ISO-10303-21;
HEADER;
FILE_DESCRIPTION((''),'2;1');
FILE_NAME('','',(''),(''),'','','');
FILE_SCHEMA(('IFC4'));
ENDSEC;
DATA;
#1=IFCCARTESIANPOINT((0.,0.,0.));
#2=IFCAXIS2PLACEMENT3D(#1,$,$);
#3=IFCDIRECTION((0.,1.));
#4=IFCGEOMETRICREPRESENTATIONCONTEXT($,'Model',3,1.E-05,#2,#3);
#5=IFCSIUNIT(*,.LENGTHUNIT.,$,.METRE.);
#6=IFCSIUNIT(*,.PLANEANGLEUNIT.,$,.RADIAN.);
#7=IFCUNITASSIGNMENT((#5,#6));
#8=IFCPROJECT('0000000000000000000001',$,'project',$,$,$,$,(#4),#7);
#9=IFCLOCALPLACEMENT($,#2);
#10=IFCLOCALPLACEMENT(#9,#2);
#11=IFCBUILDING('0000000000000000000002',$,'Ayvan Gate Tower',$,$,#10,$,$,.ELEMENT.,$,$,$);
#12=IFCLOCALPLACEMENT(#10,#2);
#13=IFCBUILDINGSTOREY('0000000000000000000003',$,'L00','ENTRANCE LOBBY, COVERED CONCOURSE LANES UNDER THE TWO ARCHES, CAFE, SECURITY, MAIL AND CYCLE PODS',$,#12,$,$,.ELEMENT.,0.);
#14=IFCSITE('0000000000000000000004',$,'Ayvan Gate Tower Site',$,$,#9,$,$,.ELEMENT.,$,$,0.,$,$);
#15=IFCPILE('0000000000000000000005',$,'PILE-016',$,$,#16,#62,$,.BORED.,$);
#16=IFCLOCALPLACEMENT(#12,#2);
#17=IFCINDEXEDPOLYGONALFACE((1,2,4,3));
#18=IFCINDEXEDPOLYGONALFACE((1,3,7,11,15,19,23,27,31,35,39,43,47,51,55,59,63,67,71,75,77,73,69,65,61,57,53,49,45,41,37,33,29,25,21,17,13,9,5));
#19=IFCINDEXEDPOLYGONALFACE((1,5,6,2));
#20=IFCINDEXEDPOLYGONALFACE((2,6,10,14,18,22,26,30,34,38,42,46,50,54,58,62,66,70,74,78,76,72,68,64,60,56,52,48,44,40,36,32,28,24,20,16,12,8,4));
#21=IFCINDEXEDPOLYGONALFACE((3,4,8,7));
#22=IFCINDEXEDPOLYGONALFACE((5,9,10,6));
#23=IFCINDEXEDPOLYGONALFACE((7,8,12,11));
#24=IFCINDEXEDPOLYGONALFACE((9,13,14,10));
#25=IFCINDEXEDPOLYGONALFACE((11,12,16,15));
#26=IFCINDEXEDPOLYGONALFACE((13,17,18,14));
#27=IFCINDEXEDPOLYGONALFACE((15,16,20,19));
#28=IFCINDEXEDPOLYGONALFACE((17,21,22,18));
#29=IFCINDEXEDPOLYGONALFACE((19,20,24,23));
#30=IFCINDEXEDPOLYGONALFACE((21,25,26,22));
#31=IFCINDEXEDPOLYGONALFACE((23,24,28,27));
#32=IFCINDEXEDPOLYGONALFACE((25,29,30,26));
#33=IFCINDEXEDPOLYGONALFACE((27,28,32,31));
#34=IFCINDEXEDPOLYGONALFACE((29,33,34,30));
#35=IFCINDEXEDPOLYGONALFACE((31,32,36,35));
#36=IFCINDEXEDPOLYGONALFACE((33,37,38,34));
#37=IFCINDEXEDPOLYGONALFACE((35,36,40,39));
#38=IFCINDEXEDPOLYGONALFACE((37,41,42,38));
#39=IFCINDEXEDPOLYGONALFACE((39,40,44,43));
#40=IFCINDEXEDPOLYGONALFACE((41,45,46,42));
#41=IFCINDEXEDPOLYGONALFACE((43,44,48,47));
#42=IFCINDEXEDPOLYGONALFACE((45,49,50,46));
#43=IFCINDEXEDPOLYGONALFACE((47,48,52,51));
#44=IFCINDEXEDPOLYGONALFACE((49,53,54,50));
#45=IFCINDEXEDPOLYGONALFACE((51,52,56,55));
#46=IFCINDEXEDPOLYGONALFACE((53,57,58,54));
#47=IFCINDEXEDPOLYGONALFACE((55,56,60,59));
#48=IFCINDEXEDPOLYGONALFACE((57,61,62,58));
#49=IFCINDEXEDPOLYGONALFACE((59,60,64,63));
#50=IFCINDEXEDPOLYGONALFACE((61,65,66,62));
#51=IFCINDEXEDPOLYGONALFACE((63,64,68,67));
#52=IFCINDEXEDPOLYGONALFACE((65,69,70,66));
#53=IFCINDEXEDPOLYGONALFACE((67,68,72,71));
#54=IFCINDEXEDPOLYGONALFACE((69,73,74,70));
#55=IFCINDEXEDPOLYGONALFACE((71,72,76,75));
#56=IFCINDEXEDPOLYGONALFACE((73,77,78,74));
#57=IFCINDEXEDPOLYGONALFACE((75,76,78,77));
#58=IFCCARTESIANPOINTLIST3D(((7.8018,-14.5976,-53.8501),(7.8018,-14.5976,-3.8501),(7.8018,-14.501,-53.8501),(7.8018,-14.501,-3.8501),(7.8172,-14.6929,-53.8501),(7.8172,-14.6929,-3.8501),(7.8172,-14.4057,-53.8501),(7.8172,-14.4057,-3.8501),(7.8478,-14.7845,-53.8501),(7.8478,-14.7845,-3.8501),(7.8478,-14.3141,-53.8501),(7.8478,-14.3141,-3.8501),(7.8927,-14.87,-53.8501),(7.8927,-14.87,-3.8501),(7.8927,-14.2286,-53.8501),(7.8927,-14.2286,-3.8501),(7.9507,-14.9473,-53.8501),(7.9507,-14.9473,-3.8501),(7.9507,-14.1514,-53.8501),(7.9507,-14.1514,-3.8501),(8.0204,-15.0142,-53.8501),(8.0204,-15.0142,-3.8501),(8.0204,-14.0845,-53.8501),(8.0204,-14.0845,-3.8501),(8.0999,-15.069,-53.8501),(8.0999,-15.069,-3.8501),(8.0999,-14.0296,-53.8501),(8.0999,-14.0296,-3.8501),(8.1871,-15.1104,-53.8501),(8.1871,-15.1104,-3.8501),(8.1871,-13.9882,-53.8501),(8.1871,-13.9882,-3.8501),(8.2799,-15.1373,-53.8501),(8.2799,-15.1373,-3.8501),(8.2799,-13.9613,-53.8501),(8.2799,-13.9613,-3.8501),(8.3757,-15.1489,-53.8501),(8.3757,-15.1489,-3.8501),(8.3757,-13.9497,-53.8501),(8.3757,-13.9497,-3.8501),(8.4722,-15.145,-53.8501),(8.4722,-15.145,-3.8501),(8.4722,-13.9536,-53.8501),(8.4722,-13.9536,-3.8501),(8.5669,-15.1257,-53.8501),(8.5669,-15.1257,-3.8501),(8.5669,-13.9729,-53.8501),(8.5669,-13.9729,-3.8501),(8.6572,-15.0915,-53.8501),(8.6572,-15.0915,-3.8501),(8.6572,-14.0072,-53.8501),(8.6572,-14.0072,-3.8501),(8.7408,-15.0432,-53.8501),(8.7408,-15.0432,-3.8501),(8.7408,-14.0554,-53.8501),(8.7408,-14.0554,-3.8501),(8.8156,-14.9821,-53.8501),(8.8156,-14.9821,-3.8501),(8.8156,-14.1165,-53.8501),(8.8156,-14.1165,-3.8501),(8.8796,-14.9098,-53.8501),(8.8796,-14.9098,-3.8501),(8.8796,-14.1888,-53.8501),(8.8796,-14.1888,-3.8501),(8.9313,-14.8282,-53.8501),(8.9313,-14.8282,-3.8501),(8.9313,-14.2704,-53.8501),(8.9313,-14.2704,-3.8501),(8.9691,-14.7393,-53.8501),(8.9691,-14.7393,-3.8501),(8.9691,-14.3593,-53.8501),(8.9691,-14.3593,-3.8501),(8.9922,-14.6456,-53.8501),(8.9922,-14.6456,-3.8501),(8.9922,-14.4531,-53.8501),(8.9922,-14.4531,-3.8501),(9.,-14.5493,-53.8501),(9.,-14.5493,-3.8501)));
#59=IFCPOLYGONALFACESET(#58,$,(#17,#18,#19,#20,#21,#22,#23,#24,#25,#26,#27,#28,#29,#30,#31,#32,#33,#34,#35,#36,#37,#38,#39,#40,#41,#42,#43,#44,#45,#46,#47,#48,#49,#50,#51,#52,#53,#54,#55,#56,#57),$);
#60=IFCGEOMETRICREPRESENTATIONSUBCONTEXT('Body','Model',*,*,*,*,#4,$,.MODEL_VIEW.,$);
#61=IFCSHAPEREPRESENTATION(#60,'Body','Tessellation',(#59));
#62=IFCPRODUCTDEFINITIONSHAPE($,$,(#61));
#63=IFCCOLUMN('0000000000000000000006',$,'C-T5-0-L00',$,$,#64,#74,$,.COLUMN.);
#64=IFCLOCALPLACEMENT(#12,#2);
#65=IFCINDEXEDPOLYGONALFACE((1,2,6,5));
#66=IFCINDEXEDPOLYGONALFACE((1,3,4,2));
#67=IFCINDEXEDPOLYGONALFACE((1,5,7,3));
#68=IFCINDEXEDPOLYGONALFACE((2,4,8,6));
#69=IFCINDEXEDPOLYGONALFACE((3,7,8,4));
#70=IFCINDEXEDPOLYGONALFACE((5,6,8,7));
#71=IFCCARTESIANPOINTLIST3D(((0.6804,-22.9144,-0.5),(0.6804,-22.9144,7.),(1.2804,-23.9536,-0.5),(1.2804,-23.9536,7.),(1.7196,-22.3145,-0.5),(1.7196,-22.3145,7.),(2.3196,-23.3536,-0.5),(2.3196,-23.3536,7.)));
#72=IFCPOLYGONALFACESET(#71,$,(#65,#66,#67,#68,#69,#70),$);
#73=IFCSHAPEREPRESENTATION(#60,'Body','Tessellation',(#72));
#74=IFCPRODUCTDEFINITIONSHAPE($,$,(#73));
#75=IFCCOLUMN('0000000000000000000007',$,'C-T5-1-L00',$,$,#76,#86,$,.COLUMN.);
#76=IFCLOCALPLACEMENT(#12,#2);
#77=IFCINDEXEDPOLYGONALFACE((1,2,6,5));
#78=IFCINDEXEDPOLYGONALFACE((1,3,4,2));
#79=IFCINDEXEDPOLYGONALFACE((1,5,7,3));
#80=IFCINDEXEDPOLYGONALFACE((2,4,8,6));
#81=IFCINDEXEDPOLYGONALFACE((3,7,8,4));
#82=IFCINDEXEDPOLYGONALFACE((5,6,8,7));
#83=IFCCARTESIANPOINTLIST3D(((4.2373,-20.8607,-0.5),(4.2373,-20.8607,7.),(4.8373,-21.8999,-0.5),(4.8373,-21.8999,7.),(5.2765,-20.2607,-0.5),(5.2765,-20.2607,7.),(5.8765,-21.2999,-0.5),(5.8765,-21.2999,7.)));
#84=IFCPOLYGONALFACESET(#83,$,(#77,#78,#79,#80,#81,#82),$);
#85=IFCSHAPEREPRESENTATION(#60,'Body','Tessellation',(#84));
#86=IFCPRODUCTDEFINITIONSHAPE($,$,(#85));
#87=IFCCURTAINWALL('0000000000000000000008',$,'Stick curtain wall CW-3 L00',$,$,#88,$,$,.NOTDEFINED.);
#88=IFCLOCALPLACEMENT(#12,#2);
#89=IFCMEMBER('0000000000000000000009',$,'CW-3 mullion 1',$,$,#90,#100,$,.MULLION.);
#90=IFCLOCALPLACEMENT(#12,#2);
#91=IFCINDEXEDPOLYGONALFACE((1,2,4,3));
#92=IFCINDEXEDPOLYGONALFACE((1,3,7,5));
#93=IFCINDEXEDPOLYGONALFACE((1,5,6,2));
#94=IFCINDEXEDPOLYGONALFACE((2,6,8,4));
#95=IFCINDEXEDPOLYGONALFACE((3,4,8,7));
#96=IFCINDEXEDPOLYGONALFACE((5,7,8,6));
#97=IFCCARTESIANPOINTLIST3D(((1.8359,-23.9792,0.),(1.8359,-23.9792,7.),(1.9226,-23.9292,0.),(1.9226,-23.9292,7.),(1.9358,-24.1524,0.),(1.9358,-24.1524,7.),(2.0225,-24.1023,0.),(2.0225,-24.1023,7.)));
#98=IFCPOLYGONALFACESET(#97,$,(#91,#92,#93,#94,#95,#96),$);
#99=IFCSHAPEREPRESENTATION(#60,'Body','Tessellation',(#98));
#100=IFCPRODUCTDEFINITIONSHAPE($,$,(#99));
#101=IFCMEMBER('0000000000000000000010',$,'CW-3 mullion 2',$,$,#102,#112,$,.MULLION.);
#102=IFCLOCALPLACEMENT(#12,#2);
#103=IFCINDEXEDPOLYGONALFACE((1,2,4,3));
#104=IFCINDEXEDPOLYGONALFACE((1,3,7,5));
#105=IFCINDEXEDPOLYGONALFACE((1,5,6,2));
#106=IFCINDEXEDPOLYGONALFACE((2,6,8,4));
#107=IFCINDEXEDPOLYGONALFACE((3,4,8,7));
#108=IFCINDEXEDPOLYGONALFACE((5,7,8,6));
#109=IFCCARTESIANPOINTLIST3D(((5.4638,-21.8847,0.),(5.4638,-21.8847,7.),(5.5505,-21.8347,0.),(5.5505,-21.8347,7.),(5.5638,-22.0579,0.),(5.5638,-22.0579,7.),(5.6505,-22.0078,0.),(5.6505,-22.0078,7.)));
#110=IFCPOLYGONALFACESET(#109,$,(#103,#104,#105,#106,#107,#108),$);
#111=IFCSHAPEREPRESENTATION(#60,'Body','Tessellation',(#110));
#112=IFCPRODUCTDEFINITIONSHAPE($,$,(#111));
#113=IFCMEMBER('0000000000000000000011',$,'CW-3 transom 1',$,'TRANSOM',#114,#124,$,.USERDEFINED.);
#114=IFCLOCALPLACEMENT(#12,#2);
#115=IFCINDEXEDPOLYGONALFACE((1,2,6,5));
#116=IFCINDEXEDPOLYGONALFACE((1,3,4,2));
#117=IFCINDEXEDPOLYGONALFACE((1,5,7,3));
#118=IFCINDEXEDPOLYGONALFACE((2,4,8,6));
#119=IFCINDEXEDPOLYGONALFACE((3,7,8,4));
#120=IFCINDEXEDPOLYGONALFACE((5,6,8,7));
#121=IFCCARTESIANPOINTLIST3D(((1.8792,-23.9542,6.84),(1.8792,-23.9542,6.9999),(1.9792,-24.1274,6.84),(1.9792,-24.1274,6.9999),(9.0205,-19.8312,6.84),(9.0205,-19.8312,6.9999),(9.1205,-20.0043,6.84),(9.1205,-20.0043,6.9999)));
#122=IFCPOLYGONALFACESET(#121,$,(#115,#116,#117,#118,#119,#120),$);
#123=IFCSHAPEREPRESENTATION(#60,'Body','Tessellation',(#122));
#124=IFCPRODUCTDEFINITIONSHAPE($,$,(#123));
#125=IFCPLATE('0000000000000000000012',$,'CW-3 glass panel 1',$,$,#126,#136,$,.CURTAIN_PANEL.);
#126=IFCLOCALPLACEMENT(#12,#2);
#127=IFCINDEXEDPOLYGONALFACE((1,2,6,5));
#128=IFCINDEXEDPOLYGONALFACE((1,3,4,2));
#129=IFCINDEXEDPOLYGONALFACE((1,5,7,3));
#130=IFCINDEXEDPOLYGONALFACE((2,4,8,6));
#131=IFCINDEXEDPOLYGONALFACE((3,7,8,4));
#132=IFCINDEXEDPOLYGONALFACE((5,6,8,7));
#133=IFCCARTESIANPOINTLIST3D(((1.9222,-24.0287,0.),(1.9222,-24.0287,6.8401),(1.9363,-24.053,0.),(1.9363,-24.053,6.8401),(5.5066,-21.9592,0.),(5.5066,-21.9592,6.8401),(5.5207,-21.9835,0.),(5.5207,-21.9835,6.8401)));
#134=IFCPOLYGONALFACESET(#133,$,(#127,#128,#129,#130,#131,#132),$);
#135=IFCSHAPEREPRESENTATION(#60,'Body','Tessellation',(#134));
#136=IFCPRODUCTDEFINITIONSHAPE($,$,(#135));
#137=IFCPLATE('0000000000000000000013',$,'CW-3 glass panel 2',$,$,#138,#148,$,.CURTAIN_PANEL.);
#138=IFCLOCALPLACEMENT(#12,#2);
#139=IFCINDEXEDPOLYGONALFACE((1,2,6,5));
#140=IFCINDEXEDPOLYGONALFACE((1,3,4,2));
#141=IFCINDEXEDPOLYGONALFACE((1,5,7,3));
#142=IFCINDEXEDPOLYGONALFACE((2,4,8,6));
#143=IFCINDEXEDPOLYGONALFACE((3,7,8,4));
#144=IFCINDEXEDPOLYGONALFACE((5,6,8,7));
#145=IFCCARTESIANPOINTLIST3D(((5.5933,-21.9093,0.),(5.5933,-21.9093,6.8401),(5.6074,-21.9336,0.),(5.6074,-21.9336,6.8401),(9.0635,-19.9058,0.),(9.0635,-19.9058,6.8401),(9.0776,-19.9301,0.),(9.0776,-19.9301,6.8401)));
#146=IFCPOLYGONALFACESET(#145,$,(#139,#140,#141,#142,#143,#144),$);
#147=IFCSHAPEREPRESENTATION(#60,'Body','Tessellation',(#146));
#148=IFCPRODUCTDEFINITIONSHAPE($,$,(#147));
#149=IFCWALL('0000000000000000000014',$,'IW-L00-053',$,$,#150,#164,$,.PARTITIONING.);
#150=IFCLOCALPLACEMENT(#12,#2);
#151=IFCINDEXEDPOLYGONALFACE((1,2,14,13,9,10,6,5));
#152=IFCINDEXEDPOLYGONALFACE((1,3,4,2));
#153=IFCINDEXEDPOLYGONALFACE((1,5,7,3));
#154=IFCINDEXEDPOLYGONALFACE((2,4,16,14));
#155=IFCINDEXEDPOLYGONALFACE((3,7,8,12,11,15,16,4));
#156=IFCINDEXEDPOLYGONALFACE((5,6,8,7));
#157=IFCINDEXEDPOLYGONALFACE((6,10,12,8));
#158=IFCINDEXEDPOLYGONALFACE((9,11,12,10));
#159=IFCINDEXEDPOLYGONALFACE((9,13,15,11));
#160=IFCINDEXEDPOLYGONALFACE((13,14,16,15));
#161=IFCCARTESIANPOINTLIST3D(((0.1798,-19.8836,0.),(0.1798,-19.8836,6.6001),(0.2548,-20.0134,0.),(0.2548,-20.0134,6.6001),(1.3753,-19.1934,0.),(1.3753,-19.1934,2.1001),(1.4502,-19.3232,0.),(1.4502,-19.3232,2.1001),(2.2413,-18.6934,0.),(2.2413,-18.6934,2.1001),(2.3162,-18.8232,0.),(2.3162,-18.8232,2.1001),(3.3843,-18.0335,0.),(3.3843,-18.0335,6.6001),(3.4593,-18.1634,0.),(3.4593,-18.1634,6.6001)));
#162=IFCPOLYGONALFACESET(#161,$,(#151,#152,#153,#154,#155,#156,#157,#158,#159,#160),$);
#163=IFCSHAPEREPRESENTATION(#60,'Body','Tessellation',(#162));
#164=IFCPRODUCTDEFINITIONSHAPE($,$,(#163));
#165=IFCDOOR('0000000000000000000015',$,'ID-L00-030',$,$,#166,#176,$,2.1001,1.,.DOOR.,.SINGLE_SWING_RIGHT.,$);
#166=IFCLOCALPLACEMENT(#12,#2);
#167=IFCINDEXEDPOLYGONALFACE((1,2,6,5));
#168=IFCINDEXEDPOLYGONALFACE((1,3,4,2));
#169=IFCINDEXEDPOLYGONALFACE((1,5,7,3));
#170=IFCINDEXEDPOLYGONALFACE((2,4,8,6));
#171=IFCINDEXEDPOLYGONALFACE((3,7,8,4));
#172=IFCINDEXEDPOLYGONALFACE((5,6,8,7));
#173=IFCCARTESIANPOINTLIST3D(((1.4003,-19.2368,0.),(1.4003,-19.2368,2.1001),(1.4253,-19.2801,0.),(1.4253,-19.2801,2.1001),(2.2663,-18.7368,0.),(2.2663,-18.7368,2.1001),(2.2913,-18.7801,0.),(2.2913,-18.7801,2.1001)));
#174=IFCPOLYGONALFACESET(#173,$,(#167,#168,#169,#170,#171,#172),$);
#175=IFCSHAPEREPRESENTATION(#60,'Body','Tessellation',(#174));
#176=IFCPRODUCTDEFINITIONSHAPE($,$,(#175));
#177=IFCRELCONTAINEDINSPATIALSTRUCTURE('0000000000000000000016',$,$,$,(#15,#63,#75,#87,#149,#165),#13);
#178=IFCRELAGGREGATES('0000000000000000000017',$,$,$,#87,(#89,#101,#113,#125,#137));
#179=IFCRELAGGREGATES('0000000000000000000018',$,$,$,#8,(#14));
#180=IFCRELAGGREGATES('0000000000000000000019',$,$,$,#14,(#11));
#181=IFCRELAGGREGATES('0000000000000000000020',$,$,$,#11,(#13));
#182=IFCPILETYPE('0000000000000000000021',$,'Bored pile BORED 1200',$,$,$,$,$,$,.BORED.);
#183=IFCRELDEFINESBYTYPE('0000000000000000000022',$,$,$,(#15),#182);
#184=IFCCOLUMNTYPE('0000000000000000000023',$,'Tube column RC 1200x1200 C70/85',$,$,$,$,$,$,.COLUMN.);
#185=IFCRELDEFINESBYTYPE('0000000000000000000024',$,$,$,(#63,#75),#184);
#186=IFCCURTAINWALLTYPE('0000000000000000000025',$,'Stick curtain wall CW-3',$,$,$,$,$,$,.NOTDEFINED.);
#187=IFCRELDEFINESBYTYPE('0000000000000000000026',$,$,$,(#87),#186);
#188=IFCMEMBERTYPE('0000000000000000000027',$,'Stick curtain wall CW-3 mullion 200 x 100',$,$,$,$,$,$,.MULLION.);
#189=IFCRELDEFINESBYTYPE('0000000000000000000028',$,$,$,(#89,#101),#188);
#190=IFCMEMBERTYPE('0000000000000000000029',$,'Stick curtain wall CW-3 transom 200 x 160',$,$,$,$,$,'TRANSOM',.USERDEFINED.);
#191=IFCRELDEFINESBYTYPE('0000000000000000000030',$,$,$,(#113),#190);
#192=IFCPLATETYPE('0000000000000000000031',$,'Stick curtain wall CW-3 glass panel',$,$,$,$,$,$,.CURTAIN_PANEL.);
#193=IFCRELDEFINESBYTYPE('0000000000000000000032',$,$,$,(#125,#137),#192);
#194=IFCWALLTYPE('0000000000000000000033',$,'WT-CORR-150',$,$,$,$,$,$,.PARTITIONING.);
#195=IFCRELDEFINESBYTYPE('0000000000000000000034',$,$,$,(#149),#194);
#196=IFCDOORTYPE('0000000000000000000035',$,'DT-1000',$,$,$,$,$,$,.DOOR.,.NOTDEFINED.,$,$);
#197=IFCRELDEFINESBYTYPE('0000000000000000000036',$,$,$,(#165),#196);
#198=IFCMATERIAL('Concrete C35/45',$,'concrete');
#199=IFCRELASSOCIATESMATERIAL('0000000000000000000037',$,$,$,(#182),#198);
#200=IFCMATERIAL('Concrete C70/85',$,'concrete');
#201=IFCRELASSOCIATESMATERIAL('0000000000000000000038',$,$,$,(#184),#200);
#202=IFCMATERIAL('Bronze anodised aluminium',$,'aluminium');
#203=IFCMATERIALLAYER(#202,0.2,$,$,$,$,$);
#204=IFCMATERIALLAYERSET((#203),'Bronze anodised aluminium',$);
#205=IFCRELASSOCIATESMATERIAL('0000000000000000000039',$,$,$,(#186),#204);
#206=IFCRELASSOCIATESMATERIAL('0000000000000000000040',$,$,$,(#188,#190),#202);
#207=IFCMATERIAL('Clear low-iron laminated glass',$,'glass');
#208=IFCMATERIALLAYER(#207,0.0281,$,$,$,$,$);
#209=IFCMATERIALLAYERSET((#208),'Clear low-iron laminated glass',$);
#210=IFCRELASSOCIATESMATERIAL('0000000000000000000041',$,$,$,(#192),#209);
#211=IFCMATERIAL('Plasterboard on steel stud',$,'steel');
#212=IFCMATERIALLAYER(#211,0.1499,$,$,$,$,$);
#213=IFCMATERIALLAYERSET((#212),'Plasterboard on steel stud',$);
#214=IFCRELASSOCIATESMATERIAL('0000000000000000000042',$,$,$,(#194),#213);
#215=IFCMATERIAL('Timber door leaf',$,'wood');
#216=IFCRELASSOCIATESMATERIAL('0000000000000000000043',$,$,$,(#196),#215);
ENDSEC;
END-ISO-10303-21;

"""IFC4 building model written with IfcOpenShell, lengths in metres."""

from ifc_helpers import new_model, si_unit, direction, frame, frame_2d, origin, origin_2d, place, context, subcontext, project, spatial, rectangle, circle, extrude, material, layer, layer_set, material_profile, profile_set, type_object, element, fill, aggregate, save


model = new_model("IFC4")

# Units and contexts
model_context = context("Model", 3, precision=1e-05, world=origin(), true_north=direction((0.0, 1.0)))
body_context = subcontext(model_context, "Body", "Model", "MODEL_VIEW")
ifc_project = project(units=[si_unit("LENGTHUNIT", "METRE"), si_unit("PLANEANGLEUNIT", "RADIAN")], contexts=[model_context])

# Site, building, storey
site_placement = place(None, origin())
site = spatial("IfcSite", under=ifc_project, at=site_placement, Name="Ayvan Gate Tower Site", CompositionType="ELEMENT", RefElevation=0.0)
building_placement = place(site_placement, origin())
building = spatial("IfcBuilding", under=site, at=building_placement, Name="Ayvan Gate Tower", CompositionType="ELEMENT")
storey_placement = place(building_placement, origin())
storey = spatial("IfcBuildingStorey", under=building, at=storey_placement, Name="L00", Description="ENTRANCE LOBBY, COVERED CONCOURSE LANES UNDER THE TWO ARCHES, CAFE, SECURITY, MAIL AND CYCLE PODS", CompositionType="ELEMENT", Elevation=0.0)

# Pile
ifc_material_1 = material(Name="Concrete C35/45", Category="concrete")
ifc_material_profile_1 = material_profile(ifc_material_1, circle(Radius=0.6001, at=origin_2d()), Name="BORED 1200")
ifc_profile_set_1 = profile_set([ifc_material_profile_1], Name="Concrete C35/45")
pile_type = type_object("IfcPileType", Name="Bored pile BORED 1200", PredefinedType="BORED", material=ifc_profile_set_1)
for number, where, z_axis, x_axis, name in (
    (1, (8.3999, -14.5493, -3.8501), (0.0, 0.0, -1.0), (1.0, 0.0, 0.0), "PILE-016"),
):
    element("IfcPile", number, at=place(storey_placement, frame(where, z_axis=z_axis, x_axis=x_axis)), inside=storey, type_object=pile_type, Name=name, PredefinedType="BORED", context=body_context, shape_type="SweptSolid", body=[
        extrude(circle(Radius=0.6001, at=origin_2d()), origin(), (0.0, 0.0, 1.0), 50.0),
    ])

# Columns
ifc_material_2 = material(Name="Concrete C70/85", Category="concrete")
ifc_material_profile_2 = material_profile(ifc_material_2, rectangle(XDim=1.2, YDim=1.2, at=origin_2d()), Name="RC 1200x1200")
ifc_profile_set_2 = profile_set([ifc_material_profile_2], Name="Concrete C70/85")
column_type = type_object("IfcColumnType", Name="Tube column RC 1200x1200 C70/85", PredefinedType="COLUMN", material=ifc_profile_set_2)
for number, where, z_axis, x_axis, name in (
    (2, (1.5, -23.134, -0.5), (0.0, 0.0, 1.0), (0.5, -0.866025, 0.0), "C-T5-0-L00"),
    (3, (5.0569, -21.0803, -0.5), (0.0, 0.0, 1.0), (0.5, -0.866025, 0.0), "C-T5-1-L00"),
):
    element("IfcColumn", number, at=place(storey_placement, frame(where, z_axis=z_axis, x_axis=x_axis)), inside=storey, type_object=column_type, Name=name, PredefinedType="COLUMN", context=body_context, shape_type="SweptSolid", body=[
        extrude(rectangle(XDim=1.2, YDim=1.2, at=origin_2d()), origin(), (0.0, 0.0, 1.0), 7.5),
    ])

# Curtain wall, members, plates
ifc_material_3 = material(Name="Bronze anodised aluminium", Category="aluminium")
ifc_layer_1 = layer(ifc_material_3, 0.2)
ifc_layer_set_1 = layer_set([ifc_layer_1], Name="Bronze anodised aluminium")
curtain_wall_type = type_object("IfcCurtainWallType", Name="Stick curtain wall CW-3", PredefinedType="NOTDEFINED", material=ifc_layer_set_1)
curtain_wall_placement = place(storey_placement, origin())
curtain_wall = element("IfcCurtainWall", 4, at=curtain_wall_placement, inside=storey, type_object=curtain_wall_type, Name="Stick curtain wall CW-3 L00", PredefinedType="NOTDEFINED")
ifc_material_profile_3 = material_profile(ifc_material_3, rectangle(XDim=0.2, YDim=0.1001, at=origin_2d()), Name="Stick curtain wall CW-3 mullion 200 x 100")
ifc_profile_set_3 = profile_set([ifc_material_profile_3], Name="Bronze anodised aluminium")
member_type_1 = type_object("IfcMemberType", Name="Stick curtain wall CW-3 mullion 200 x 100", PredefinedType="MULLION", material=ifc_profile_set_3)
member_1_placement = place(storey_placement, frame((1.9292, -24.0408, 0.0), z_axis=(0.0, 0.0, 1.0), x_axis=(0.5, -0.866025, 0.0)))
member_1 = element("IfcMember", 5, at=member_1_placement, type_object=member_type_1, Name="CW-3 mullion 1", PredefinedType="MULLION", context=body_context, shape_type="SweptSolid", body=[
    extrude(rectangle(XDim=0.2, YDim=0.1001, at=origin_2d()), origin(), (0.0, 0.0, 1.0), 7.0),
])
member_2_placement = place(storey_placement, frame((5.5571, -21.9463, 0.0), z_axis=(0.0, 0.0, 1.0), x_axis=(0.5, -0.866025, 0.0)))
member_2 = element("IfcMember", 6, at=member_2_placement, type_object=member_type_1, Name="CW-3 mullion 2", PredefinedType="MULLION", context=body_context, shape_type="SweptSolid", body=[
    extrude(rectangle(XDim=0.2, YDim=0.1001, at=origin_2d()), origin(), (0.0, 0.0, 1.0), 7.0),
])
ifc_material_profile_4 = material_profile(ifc_material_3, rectangle(XDim=0.2, YDim=0.1599, at=origin_2d()), Name="Stick curtain wall CW-3 transom 200 x 160")
ifc_profile_set_4 = profile_set([ifc_material_profile_4], Name="Bronze anodised aluminium")
member_type_2 = type_object("IfcMemberType", Name="Stick curtain wall CW-3 transom 200 x 160", ElementType="TRANSOM", PredefinedType="USERDEFINED", material=ifc_profile_set_4)
member_3_placement = place(storey_placement, frame((1.9292, -24.0408, 6.9199), z_axis=(0.866026, 0.499998, 0.0), x_axis=(-0.499998, 0.866026, 0.0)))
member_3 = element("IfcMember", 7, at=member_3_placement, type_object=member_type_2, Name="CW-3 transom 1", ObjectType="TRANSOM", PredefinedType="USERDEFINED", context=body_context, shape_type="SweptSolid", body=[
    extrude(rectangle(XDim=0.2, YDim=0.1599, at=origin_2d()), origin(), (0.0, 0.0, 1.0), 8.2461),
])
ifc_material_4 = material(Name="Clear low-iron laminated glass", Category="glass")
ifc_layer_2 = layer(ifc_material_4, 0.0281)
ifc_layer_set_2 = layer_set([ifc_layer_2], Name="Clear low-iron laminated glass")
plate_type = type_object("IfcPlateType", Name="Stick curtain wall CW-3 glass panel", PredefinedType="CURTAIN_PANEL", material=ifc_layer_set_2)
plate_1_placement = place(storey_placement, frame((3.7214, -23.0061, 0.0), z_axis=(0.0, 0.0, 1.0), x_axis=(0.866025, 0.5, 0.0)))
plate_1 = element("IfcPlate", 8, at=plate_1_placement, type_object=plate_type, Name="CW-3 glass panel 1", PredefinedType="CURTAIN_PANEL", context=body_context, shape_type="SweptSolid", body=[
    extrude(rectangle(XDim=4.1389, YDim=0.0281, at=origin_2d()), origin(), (0.0, 0.0, 1.0), 6.8401),
])
plate_2_placement = place(storey_placement, frame((7.3354, -20.9197, 0.0), z_axis=(0.0, 0.0, 1.0), x_axis=(0.866025, 0.5, 0.0)))
plate_2 = element("IfcPlate", 9, at=plate_2_placement, type_object=plate_type, Name="CW-3 glass panel 2", PredefinedType="CURTAIN_PANEL", context=body_context, shape_type="SweptSolid", body=[
    extrude(rectangle(XDim=4.0071, YDim=0.0281, at=origin_2d()), origin(), (0.0, 0.0, 1.0), 6.8401),
])
aggregate(curtain_wall, [member_1, member_2, member_3, plate_1, plate_2])

# Wall, opening, door
ifc_material_5 = material(Name="Plasterboard on steel stud", Category="steel")
ifc_layer_3 = layer(ifc_material_5, 0.1499)
ifc_layer_set_3 = layer_set([ifc_layer_3], Name="Plasterboard on steel stud")
wall_type_1 = type_object("IfcWallType", Name="WT-CORR-150", PredefinedType="PARTITIONING", material=ifc_layer_set_3)
wall_1_placement = place(storey_placement, frame((0.2173, -19.9485, 0.0), z_axis=(0.0, 0.0, 1.0), x_axis=(0.866034, 0.499985, 0.0)))
wall_1 = element("IfcWall", 10, at=wall_1_placement, inside=storey, type_object=wall_type_1, Name="IW-L00-053", PredefinedType="PARTITIONING", context=body_context, shape_type="SweptSolid", body=[
    extrude(rectangle(XDim=3.7002, YDim=0.1499, at=frame_2d((1.8501, 0.0))), origin(), (0.0, 0.0, 1.0), 6.6001),
])
opening_1_placement = place(wall_1_placement, frame((1.3804, 0.0, 0.0)))
opening_1 = element("IfcOpeningElement", 11, at=opening_1_placement, cuts=wall_1, PredefinedType="OPENING", context=body_context, shape_type="SweptSolid", body=[
    extrude(rectangle(XDim=1.0, YDim=2.1001, at=frame_2d((0.5, 1.05))), frame((0.0, 0.085, 0.0), z_axis=(0.0, -1.0, 0.0), x_axis=(1.0, 0.0, 0.0)), (0.0, 0.0, 1.0), 0.1699),
])
ifc_material_6 = material(Name="Timber door leaf", Category="wood")
door_type = type_object("IfcDoorType", Name="DT-1000", OperationType="NOTDEFINED", PredefinedType="DOOR", material=ifc_material_6)
door_1_placement = place(opening_1_placement, origin())
door_1 = element("IfcDoor", 12, at=door_1_placement, inside=storey, type_object=door_type, Name="ID-L00-030", OperationType="SINGLE_SWING_RIGHT", OverallHeight=2.1001, OverallWidth=1.0, PredefinedType="DOOR", context=body_context, shape_type="SweptSolid", body=[
    extrude(rectangle(XDim=1.0, YDim=2.1001, at=frame_2d((0.5, 1.05))), frame((0.0, 0.0249, 0.0), z_axis=(0.0, -1.0, 0.0), x_axis=(1.0, 0.0, 0.0)), (0.0, 0.0, 1.0), 0.05),
])
fill(opening_1, door_1)

save(model, "model.ifc")
